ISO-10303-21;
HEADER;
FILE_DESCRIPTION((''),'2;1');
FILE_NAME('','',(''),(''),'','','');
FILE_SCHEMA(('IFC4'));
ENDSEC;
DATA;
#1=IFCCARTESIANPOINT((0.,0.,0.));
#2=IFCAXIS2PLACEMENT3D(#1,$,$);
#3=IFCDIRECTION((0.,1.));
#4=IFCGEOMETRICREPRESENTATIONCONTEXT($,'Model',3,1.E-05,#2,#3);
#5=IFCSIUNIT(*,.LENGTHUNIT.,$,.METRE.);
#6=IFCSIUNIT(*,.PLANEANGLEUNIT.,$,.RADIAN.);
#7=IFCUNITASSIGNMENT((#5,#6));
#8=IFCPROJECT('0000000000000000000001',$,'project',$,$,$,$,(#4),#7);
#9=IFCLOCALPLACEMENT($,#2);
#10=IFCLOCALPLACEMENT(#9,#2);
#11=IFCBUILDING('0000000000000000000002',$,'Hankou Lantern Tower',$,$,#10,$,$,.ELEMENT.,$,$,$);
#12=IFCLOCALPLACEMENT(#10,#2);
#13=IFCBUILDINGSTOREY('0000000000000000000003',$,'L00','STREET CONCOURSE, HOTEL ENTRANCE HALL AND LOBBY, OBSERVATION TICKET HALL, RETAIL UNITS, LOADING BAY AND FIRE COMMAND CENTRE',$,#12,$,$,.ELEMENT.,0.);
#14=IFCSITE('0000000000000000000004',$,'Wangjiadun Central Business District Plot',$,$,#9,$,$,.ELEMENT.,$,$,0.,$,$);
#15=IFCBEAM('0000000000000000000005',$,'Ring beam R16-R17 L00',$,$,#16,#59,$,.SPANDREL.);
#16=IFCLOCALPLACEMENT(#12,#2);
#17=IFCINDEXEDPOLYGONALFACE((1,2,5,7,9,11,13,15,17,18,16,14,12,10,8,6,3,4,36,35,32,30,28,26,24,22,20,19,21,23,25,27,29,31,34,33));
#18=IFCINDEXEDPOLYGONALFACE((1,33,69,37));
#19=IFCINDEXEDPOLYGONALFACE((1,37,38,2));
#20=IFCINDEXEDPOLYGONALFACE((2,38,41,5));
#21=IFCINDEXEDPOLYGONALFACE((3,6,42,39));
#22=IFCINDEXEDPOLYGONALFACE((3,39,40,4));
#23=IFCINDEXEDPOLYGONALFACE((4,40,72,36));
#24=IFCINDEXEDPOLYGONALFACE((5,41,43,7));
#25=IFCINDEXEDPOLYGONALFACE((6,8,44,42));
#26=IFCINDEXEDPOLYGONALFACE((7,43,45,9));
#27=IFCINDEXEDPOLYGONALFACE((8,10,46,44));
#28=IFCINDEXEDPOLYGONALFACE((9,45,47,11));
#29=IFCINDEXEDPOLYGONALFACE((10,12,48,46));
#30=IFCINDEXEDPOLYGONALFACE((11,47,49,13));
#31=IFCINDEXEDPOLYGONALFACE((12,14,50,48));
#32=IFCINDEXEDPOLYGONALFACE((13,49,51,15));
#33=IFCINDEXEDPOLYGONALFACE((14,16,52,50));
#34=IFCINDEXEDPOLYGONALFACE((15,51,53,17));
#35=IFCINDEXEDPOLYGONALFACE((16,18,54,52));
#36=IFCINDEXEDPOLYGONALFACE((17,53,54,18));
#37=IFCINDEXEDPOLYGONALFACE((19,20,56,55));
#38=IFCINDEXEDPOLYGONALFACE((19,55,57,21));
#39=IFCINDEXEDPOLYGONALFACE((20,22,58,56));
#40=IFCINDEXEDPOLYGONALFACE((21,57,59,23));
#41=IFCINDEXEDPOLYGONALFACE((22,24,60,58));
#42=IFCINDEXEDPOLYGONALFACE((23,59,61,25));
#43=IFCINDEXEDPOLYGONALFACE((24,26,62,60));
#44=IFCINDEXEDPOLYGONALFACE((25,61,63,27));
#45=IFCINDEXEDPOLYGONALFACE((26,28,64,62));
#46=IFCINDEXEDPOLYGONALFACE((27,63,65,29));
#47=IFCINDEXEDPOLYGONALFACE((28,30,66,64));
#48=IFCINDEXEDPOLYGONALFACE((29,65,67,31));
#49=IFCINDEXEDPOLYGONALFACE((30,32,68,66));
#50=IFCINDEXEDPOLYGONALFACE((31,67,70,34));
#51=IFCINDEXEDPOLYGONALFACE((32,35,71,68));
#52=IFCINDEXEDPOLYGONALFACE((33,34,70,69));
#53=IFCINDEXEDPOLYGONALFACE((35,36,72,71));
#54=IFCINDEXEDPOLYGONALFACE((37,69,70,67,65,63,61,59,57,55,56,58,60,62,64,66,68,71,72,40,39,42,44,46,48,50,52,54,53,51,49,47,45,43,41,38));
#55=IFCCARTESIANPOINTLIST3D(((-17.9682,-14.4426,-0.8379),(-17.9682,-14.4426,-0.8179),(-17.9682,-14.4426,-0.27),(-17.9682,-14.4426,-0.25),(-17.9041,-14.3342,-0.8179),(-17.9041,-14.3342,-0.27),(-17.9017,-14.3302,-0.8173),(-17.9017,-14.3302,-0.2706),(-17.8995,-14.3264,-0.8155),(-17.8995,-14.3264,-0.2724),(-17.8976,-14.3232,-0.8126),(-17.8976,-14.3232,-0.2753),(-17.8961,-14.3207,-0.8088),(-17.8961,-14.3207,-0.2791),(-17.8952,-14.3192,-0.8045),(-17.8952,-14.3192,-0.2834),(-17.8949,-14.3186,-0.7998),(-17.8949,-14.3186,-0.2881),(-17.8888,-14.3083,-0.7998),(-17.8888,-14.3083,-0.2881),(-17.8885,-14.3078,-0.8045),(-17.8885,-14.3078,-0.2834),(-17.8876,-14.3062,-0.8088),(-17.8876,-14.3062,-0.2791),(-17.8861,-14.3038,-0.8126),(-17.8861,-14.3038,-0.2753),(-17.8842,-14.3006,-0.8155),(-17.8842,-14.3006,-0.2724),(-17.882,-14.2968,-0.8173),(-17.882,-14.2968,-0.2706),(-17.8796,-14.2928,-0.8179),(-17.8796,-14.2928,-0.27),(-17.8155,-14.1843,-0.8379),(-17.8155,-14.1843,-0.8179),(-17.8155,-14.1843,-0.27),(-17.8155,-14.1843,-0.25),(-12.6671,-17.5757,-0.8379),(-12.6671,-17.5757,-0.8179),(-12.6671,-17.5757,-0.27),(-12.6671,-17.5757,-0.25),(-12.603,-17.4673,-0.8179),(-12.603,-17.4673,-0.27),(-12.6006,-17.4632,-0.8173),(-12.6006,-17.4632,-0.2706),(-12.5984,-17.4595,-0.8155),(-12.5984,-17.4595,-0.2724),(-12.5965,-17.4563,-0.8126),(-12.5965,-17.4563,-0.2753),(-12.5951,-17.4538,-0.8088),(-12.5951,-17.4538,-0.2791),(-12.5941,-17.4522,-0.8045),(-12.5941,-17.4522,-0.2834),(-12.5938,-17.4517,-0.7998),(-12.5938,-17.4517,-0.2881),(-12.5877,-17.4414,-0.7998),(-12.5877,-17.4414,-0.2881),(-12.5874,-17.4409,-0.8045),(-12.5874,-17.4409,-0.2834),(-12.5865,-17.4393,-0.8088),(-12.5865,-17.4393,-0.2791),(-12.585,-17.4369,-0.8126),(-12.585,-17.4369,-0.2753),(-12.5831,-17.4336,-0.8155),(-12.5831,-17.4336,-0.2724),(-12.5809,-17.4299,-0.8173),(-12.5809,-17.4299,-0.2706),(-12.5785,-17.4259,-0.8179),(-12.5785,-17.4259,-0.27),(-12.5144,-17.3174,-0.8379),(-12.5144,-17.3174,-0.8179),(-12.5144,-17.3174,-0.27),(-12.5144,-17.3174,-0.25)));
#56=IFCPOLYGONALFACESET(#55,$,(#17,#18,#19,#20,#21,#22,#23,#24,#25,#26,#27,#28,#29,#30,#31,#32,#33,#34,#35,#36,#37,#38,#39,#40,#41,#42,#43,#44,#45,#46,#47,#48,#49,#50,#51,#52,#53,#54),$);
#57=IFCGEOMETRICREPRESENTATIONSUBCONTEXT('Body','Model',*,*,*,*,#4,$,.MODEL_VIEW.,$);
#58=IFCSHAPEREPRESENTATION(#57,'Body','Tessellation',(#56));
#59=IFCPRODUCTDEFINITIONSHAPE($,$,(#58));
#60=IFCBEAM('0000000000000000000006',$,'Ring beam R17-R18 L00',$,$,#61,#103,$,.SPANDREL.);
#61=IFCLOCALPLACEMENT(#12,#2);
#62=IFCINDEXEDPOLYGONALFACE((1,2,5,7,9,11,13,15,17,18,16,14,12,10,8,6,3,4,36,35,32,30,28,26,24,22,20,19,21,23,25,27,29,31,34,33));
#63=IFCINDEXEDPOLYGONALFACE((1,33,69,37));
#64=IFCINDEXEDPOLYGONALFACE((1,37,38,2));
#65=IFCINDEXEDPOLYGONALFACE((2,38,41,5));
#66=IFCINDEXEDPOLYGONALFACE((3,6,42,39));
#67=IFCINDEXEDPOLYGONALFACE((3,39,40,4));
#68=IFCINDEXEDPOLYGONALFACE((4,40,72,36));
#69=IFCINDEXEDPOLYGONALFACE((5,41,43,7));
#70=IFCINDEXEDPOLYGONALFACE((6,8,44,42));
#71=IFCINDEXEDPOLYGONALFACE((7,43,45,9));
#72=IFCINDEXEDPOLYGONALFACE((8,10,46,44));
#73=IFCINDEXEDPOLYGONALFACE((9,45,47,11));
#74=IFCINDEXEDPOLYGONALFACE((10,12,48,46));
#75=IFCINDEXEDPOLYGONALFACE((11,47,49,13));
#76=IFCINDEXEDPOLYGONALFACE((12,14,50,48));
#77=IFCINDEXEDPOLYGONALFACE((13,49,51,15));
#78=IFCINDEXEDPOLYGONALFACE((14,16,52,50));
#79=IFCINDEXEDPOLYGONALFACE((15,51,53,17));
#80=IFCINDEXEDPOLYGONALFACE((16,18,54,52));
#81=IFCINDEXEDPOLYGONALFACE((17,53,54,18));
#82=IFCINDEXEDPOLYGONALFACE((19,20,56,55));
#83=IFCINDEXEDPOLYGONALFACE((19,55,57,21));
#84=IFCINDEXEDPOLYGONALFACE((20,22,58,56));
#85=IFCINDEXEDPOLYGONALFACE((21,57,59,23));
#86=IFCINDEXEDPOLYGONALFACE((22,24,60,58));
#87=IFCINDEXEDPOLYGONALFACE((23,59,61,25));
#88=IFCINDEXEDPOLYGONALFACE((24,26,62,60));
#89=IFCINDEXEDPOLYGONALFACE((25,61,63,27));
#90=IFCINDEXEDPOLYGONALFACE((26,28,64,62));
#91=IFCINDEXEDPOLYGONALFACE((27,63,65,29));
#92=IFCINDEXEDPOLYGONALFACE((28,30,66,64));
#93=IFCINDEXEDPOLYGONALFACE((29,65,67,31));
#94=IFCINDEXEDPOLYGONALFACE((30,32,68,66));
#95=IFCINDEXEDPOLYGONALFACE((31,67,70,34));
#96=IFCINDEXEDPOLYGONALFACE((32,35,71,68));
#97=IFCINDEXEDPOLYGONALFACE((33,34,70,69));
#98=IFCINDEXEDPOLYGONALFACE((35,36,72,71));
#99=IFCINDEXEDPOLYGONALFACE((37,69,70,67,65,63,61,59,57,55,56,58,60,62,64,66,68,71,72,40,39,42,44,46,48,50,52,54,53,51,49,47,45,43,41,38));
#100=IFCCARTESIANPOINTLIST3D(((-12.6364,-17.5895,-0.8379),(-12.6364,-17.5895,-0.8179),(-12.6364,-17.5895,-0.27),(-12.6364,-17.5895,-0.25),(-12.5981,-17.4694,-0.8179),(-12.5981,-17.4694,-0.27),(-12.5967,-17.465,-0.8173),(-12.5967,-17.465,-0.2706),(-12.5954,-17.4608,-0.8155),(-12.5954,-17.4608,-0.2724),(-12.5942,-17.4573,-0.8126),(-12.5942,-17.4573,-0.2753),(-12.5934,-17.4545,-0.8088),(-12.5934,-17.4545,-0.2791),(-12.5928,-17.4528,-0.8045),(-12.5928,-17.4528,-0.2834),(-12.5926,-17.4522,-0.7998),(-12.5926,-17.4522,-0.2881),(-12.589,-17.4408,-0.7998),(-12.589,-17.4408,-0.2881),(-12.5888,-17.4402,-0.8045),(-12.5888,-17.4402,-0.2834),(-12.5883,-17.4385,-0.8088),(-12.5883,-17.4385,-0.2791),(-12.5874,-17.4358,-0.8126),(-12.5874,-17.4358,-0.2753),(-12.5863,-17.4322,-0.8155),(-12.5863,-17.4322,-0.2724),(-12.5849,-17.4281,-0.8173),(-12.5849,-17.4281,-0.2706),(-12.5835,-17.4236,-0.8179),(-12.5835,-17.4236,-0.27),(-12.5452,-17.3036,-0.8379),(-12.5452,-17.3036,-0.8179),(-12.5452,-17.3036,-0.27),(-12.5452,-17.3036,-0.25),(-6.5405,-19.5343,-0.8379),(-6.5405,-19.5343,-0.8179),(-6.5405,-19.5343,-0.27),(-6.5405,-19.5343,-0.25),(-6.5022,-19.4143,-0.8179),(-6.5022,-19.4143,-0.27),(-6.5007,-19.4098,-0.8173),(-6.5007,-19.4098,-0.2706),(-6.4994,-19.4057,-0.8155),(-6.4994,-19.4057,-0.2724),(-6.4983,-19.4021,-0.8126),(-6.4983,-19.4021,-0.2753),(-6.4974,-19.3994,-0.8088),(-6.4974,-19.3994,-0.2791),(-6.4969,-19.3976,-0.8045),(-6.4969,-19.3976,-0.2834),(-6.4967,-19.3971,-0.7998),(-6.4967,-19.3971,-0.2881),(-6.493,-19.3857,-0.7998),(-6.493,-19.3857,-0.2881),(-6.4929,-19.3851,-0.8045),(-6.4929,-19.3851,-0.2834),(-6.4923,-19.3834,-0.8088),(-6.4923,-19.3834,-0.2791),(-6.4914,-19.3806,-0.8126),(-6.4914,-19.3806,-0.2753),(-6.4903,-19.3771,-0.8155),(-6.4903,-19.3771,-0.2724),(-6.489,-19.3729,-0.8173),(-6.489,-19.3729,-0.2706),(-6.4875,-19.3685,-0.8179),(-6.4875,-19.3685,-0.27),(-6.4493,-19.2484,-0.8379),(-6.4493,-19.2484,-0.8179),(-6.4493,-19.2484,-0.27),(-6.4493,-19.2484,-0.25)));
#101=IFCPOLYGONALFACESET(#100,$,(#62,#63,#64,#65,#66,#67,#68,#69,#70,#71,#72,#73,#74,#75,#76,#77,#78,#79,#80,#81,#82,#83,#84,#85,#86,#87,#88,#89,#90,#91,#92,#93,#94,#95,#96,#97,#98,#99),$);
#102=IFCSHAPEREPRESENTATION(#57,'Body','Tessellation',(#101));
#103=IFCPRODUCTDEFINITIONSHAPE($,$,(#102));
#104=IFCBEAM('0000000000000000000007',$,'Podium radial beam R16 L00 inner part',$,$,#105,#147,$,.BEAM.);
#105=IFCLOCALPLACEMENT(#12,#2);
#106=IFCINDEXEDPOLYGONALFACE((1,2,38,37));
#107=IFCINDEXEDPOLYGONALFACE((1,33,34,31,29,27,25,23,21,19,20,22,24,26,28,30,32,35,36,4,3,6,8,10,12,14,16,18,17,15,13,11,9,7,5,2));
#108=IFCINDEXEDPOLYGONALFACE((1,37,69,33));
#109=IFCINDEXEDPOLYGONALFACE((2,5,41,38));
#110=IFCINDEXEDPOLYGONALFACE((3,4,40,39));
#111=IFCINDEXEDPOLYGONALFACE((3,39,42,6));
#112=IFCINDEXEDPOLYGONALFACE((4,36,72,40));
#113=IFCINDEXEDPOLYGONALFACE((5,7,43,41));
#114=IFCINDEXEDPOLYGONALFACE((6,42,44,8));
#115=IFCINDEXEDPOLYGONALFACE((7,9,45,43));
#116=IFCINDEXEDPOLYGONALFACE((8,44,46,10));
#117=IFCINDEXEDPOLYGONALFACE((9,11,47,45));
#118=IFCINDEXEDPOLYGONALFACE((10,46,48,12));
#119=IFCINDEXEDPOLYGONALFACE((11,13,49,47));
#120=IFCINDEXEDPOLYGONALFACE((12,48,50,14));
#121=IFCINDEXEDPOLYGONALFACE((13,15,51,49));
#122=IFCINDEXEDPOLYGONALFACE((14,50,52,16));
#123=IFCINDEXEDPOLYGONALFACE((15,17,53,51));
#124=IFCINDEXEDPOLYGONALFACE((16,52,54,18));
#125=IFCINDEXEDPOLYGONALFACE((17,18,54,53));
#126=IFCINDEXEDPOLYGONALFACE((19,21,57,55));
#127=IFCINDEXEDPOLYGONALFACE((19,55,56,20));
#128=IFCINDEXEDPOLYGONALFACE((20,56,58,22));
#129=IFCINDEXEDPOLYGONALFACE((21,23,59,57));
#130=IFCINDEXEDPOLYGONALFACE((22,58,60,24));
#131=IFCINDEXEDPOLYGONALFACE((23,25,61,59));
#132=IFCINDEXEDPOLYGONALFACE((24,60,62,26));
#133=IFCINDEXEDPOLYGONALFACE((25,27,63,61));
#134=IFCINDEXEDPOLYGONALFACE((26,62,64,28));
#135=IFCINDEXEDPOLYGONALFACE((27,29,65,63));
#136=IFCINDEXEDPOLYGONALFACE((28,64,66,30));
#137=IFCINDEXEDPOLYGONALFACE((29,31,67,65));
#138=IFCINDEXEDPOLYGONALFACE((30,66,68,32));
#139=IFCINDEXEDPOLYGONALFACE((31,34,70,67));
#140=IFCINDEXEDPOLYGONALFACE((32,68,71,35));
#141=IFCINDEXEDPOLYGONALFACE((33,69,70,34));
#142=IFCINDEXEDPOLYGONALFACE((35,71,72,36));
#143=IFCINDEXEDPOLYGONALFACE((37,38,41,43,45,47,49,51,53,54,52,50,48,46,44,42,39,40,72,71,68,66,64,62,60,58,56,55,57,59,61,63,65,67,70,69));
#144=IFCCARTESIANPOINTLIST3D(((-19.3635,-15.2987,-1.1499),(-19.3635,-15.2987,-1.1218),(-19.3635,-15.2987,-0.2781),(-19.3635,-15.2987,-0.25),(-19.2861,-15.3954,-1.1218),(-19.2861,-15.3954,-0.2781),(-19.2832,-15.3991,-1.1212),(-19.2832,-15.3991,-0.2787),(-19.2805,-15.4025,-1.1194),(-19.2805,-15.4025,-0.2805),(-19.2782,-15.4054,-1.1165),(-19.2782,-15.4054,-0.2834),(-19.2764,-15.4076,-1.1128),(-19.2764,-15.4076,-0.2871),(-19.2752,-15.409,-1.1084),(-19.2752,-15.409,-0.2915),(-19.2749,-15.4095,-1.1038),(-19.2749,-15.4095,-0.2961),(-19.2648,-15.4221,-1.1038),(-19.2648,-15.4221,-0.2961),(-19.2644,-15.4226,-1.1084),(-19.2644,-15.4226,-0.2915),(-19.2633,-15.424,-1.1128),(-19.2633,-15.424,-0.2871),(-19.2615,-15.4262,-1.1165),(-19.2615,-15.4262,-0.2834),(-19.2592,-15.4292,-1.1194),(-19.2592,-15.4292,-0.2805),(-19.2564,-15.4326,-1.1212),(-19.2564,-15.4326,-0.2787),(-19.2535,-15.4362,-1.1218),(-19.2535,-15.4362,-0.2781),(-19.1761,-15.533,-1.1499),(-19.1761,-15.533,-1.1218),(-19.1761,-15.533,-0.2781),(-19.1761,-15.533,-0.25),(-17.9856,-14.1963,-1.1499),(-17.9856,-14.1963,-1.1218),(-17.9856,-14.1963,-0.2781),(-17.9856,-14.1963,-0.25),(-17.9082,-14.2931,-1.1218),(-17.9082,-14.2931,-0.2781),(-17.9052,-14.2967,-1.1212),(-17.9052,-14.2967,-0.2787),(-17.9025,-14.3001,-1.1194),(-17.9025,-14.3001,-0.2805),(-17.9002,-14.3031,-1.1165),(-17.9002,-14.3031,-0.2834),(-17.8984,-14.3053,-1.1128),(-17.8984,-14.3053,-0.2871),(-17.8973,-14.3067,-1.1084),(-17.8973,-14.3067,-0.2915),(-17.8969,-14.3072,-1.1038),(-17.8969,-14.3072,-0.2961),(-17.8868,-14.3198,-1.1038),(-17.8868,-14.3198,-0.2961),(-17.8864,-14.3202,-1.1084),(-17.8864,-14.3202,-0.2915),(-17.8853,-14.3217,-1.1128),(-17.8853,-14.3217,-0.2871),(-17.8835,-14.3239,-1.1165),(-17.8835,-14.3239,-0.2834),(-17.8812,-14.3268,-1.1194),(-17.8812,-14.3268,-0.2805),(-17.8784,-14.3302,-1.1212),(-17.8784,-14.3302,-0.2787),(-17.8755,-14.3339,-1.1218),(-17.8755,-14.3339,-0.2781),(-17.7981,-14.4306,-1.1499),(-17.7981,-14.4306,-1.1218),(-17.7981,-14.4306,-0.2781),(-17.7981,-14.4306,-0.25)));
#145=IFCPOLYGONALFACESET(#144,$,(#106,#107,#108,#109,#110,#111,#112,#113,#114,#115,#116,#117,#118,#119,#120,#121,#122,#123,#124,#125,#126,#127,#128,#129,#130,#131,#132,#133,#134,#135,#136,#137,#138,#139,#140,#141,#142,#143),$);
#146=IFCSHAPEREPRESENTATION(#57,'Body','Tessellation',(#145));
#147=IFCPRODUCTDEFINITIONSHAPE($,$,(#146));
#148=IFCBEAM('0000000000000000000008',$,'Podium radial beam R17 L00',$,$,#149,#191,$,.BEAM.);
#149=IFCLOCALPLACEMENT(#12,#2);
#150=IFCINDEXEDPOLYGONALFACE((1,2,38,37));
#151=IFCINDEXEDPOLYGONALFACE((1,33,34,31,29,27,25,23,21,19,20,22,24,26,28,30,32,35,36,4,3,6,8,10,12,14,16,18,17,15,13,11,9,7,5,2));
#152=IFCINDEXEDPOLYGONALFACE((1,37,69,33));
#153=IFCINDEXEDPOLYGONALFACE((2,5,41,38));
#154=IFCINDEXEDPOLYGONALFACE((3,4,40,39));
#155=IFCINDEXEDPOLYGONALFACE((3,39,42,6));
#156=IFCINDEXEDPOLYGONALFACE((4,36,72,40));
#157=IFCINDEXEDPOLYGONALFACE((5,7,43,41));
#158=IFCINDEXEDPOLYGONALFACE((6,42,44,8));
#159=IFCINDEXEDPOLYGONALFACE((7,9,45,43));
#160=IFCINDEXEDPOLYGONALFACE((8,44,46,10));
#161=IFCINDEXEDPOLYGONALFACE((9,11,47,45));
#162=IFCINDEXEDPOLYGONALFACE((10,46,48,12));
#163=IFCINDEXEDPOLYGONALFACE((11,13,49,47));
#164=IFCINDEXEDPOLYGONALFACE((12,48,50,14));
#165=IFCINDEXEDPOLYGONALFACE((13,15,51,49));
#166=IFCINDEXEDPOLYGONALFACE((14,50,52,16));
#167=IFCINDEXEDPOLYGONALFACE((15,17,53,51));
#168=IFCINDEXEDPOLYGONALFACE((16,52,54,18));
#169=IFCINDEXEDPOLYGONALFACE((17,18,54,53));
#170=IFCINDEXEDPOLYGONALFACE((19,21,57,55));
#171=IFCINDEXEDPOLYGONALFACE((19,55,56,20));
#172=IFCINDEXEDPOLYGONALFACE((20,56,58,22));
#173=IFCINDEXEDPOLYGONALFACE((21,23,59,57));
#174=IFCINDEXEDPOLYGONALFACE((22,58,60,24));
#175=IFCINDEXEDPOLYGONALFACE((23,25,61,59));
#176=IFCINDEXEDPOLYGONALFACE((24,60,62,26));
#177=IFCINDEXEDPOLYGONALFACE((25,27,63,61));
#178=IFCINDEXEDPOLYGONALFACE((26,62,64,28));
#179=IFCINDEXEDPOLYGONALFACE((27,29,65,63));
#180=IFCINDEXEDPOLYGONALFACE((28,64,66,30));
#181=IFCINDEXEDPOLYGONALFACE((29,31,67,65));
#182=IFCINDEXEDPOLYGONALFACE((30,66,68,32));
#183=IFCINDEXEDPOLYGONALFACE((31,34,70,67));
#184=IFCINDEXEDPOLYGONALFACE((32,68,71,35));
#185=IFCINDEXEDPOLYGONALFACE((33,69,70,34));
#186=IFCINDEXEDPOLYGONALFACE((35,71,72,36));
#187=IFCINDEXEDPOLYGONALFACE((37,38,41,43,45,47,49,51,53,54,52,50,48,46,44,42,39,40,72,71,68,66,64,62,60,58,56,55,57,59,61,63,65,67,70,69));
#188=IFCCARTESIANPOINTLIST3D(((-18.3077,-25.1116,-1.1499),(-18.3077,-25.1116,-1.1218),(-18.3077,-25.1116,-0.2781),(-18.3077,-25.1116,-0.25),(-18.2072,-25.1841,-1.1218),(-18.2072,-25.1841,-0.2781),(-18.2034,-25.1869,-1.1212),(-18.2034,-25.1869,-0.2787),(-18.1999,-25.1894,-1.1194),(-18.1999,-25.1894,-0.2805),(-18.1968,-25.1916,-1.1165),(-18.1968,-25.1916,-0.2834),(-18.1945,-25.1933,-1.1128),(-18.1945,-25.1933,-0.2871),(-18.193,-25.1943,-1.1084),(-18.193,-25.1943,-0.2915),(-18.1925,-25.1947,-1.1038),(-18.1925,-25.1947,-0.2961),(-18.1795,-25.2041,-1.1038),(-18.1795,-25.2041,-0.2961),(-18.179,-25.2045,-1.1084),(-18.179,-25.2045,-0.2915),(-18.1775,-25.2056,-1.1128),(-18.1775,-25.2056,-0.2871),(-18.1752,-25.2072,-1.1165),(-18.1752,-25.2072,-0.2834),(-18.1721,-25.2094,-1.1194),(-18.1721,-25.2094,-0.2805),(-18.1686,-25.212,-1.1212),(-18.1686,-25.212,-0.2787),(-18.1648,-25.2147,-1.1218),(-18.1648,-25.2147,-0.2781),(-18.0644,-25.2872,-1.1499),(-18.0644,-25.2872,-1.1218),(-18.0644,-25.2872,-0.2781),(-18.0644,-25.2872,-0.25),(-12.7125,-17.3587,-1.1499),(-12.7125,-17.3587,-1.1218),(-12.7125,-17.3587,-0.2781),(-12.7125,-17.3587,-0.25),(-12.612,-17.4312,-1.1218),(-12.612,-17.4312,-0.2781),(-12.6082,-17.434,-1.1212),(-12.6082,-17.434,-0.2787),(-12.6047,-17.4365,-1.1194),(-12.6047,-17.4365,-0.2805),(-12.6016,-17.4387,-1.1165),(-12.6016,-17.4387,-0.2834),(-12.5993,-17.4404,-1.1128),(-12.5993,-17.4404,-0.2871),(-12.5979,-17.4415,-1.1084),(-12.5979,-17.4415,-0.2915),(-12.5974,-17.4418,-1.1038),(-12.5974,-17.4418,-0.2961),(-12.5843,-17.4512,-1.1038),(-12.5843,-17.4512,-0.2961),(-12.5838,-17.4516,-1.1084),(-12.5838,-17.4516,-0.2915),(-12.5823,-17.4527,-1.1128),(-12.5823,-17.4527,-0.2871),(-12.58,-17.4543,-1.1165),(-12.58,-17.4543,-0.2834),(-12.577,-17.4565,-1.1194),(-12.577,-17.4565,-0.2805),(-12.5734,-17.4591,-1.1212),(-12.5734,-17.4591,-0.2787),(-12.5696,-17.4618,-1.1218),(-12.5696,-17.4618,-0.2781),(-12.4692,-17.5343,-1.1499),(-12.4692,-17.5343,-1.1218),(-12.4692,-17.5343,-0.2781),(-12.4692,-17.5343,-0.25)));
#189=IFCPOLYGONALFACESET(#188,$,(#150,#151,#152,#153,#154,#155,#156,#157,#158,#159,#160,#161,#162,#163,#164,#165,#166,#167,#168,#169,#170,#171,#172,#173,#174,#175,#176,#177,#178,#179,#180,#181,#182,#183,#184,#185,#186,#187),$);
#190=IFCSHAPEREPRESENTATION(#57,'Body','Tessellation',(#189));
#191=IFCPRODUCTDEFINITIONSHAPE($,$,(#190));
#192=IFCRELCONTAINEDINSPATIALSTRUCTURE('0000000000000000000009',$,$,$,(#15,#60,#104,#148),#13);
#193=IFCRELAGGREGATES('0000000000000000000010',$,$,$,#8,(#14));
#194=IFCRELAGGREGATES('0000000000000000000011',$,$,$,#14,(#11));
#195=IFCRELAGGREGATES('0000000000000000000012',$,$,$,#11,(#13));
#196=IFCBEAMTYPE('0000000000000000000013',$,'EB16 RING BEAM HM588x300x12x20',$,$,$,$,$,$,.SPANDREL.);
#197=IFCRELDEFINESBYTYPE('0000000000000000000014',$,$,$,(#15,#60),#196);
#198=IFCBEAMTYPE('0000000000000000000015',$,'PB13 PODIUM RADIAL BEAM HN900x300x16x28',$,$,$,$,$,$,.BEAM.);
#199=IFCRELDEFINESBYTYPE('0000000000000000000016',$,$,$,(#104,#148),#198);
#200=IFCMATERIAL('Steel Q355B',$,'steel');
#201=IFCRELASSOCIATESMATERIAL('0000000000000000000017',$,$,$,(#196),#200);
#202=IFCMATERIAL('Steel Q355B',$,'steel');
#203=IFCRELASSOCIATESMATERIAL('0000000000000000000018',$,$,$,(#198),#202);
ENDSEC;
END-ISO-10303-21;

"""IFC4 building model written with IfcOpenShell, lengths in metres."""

from ifc_helpers import new_model, si_unit, direction, frame, origin, origin_2d, place, context, subcontext, project, spatial, i_section, extrude, material, material_profile, profile_set, type_object, element, save


model = new_model("IFC4")

# Units and contexts
model_context = context("Model", 3, precision=1e-05, world=origin(), true_north=direction((0.0, 1.0)))
body_context = subcontext(model_context, "Body", "Model", "MODEL_VIEW")
ifc_project = project(units=[si_unit("LENGTHUNIT", "METRE"), si_unit("PLANEANGLEUNIT", "RADIAN")], contexts=[model_context])

# Site, building, storey
site_placement = place(None, origin())
site = spatial("IfcSite", under=ifc_project, at=site_placement, Name="Wangjiadun Central Business District Plot", CompositionType="ELEMENT", RefElevation=0.0)
building_placement = place(site_placement, origin())
building = spatial("IfcBuilding", under=site, at=building_placement, Name="Hankou Lantern Tower", CompositionType="ELEMENT")
storey_placement = place(building_placement, origin())
storey = spatial("IfcBuildingStorey", under=building, at=storey_placement, Name="L00", Description="STREET CONCOURSE, HOTEL ENTRANCE HALL AND LOBBY, OBSERVATION TICKET HALL, RETAIL UNITS, LOADING BAY AND FIRE COMMAND CENTRE", CompositionType="ELEMENT", Elevation=0.0)

# Beams
ifc_material_1 = material(Name="Steel Q355B", Category="steel")
ifc_material_profile_1 = material_profile(ifc_material_1, i_section(OverallWidth=0.3, OverallDepth=0.5879, WebThickness=0.012, FlangeThickness=0.02, FilletRadius=0.0181, at=origin_2d()), Name="HM588x300x12x20")
ifc_profile_set_1 = profile_set([ifc_material_profile_1], Name="Steel Q355B")
beam_type_1 = type_object("IfcBeamType", Name="EB16 RING BEAM HM588x300x12x20", PredefinedType="SPANDREL", material=ifc_profile_set_1)
beam_1_placement = place(storey_placement, frame((-17.8918, -14.3135, -0.5439), z_axis=(0.860882, -0.508805, 0.0), x_axis=(0.508805, 0.860882, 0.0)))
element("IfcBeam", 1, at=beam_1_placement, inside=storey, type_object=beam_type_1, Name="Ring beam R16-R17 L00", PredefinedType="SPANDREL", context=body_context, shape_type="SweptSolid", body=[
    extrude(i_section(OverallWidth=0.3, OverallDepth=0.5879, WebThickness=0.012, FlangeThickness=0.02, FilletRadius=0.0181, at=origin_2d()), origin(), (0.0, 0.0, 1.0), 6.1577),
])
beam_2_placement = place(storey_placement, frame((-12.5908, -17.4465, -0.5439), z_axis=(0.95269, -0.303942, 0.0), x_axis=(0.303942, 0.95269, 0.0)))
element("IfcBeam", 2, at=beam_2_placement, inside=storey, type_object=beam_type_1, Name="Ring beam R17-R18 L00", PredefinedType="SPANDREL", context=body_context, shape_type="SweptSolid", body=[
    extrude(i_section(OverallWidth=0.3, OverallDepth=0.5879, WebThickness=0.012, FlangeThickness=0.02, FilletRadius=0.0181, at=origin_2d()), origin(), (0.0, 0.0, 1.0), 6.3987),
])
ifc_material_2 = material(Name="Steel Q355B", Category="steel")
ifc_material_profile_2 = material_profile(ifc_material_2, i_section(OverallWidth=0.3, OverallDepth=0.8999, WebThickness=0.0161, FlangeThickness=0.0281, FilletRadius=0.0181, at=origin_2d()), Name="HN900x300x16x28")
ifc_profile_set_2 = profile_set([ifc_material_profile_2], Name="Steel Q355B")
beam_type_2 = type_object("IfcBeamType", Name="PB13 PODIUM RADIAL BEAM HN900x300x16x28", PredefinedType="BEAM", material=ifc_profile_set_2)
beam_3_placement = place(storey_placement, frame((-17.8918, -14.3135, -0.7), z_axis=(-0.780882, -0.624678, 0.0), x_axis=(0.624678, -0.780882, 0.0)))
element("IfcBeam", 3, at=beam_3_placement, inside=storey, type_object=beam_type_2, Name="Podium radial beam R16 L00 inner part", PredefinedType="BEAM", context=body_context, shape_type="SweptSolid", body=[
    extrude(i_section(OverallWidth=0.3, OverallDepth=0.8999, WebThickness=0.0161, FlangeThickness=0.0281, FilletRadius=0.0181, at=origin_2d()), origin(), (0.0, 0.0, 1.0), 1.7646),
])
beam_4_placement = place(storey_placement, frame((-12.5908, -17.4465, -0.7), z_axis=(-0.585207, -0.810884, 0.0), x_axis=(0.810884, -0.585207, 0.0)))
element("IfcBeam", 4, at=beam_4_placement, inside=storey, type_object=beam_type_2, Name="Podium radial beam R17 L00", PredefinedType="BEAM", context=body_context, shape_type="SweptSolid", body=[
    extrude(i_section(OverallWidth=0.3, OverallDepth=0.8999, WebThickness=0.0161, FlangeThickness=0.0281, FilletRadius=0.0181, at=origin_2d()), origin(), (0.0, 0.0, 1.0), 9.561),
])

save(model, "model.ifc")
